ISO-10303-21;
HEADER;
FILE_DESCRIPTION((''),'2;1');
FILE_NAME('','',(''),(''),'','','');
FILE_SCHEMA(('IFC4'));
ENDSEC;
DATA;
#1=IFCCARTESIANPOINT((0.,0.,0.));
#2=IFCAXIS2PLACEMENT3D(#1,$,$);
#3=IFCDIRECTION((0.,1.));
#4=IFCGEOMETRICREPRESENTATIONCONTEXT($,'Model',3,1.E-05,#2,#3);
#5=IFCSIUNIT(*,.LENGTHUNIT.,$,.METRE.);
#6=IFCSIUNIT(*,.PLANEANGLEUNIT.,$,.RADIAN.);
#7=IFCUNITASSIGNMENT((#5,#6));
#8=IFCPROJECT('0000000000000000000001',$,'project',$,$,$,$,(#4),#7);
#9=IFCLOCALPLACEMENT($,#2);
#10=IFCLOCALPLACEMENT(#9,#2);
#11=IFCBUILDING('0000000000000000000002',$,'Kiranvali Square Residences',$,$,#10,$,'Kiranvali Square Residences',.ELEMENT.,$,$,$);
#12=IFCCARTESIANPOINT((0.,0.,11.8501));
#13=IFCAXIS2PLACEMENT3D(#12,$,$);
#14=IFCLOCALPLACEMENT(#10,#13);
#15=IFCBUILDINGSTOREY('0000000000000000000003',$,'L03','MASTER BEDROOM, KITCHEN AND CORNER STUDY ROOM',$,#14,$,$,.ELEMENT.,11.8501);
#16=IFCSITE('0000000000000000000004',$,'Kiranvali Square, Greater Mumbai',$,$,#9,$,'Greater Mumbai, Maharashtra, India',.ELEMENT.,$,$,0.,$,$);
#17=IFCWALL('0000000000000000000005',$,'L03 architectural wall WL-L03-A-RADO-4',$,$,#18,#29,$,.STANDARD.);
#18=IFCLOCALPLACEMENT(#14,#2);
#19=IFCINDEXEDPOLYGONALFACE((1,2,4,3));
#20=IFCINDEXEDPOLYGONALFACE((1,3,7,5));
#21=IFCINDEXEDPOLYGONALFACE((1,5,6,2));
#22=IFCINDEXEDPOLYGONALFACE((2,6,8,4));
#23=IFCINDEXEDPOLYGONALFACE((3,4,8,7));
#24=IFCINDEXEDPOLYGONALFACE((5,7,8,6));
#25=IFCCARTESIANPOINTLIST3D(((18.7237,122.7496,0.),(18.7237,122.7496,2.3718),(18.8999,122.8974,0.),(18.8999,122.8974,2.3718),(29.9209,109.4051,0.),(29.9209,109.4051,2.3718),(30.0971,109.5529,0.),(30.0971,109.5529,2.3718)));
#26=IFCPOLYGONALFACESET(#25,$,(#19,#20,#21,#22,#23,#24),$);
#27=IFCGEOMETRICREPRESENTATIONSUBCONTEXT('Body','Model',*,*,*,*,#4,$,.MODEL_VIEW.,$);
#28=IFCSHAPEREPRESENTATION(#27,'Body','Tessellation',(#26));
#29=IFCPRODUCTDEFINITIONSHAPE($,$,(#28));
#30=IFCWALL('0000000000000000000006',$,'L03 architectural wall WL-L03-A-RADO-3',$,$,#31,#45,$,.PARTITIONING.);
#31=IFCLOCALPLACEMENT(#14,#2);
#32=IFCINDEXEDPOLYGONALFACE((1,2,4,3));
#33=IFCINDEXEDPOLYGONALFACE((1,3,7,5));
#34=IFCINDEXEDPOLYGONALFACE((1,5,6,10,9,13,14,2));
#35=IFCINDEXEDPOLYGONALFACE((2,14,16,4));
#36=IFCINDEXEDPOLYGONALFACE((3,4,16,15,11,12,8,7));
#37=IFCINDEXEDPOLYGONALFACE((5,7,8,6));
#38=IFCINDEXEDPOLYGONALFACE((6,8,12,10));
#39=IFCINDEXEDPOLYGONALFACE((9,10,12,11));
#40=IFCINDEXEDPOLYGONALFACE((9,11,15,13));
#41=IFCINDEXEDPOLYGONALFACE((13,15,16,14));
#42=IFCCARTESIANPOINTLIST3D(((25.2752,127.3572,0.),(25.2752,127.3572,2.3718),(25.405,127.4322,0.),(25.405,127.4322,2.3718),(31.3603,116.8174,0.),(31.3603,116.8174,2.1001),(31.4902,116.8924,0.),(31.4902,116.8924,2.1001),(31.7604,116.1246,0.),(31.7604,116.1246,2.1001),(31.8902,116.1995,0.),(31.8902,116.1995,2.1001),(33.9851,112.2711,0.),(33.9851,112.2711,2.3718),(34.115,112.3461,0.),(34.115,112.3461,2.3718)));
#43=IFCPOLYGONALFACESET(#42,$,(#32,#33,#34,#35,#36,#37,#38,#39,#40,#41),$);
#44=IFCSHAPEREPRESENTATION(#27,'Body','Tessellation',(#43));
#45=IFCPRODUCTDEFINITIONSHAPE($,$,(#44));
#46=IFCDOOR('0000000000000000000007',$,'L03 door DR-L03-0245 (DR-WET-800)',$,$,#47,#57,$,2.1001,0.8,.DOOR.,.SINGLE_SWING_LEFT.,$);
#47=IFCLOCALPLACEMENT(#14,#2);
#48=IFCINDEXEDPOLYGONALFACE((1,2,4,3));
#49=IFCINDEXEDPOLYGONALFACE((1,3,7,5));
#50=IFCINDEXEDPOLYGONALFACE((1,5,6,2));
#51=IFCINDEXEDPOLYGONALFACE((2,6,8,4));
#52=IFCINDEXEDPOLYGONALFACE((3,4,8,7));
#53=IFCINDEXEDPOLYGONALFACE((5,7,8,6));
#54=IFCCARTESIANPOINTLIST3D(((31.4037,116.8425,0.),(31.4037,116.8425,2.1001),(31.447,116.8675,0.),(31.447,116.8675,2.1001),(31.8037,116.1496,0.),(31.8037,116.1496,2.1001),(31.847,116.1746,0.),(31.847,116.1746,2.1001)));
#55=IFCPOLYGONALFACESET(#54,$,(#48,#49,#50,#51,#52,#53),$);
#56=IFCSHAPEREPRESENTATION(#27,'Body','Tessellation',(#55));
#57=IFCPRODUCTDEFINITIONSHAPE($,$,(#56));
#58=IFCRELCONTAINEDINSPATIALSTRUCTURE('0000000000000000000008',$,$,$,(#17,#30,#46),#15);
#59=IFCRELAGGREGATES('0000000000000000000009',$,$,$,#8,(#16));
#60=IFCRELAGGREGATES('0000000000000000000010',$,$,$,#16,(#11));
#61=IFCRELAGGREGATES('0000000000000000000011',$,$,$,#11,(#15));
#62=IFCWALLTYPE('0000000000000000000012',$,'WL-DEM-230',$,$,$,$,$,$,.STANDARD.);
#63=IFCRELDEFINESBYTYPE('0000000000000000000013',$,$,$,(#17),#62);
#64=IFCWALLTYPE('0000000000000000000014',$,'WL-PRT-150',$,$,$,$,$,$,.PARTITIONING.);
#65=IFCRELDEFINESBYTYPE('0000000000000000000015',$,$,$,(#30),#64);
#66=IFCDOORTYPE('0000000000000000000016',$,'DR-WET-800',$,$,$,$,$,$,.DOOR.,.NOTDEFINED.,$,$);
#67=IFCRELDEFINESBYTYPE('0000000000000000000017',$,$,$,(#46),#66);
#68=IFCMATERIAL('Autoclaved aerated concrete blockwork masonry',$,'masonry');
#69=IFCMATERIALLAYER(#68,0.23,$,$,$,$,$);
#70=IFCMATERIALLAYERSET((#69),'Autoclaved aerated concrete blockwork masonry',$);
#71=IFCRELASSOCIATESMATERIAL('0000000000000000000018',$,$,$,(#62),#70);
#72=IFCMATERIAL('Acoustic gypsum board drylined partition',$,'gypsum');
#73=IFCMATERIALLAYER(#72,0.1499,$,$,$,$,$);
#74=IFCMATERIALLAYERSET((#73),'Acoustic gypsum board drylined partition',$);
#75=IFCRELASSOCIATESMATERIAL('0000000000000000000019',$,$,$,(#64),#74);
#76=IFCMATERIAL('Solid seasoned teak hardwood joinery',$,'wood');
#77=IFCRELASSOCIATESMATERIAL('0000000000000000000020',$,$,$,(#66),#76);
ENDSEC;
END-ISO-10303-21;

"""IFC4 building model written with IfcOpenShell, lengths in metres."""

from ifc_helpers import new_model, si_unit, direction, frame, frame_2d, origin, place, context, subcontext, project, spatial, rectangle, extrude, material, layer, layer_set, type_object, element, fill, save


model = new_model("IFC4")

# Units and contexts
model_context = context("Model", 3, precision=1e-05, world=origin(), true_north=direction((0.0, 1.0)))
body_context = subcontext(model_context, "Body", "Model", "MODEL_VIEW")
ifc_project = project(units=[si_unit("LENGTHUNIT", "METRE"), si_unit("PLANEANGLEUNIT", "RADIAN")], contexts=[model_context])

# Site, building, storey
site_placement = place(None, origin())
site = spatial("IfcSite", under=ifc_project, at=site_placement, Name="Kiranvali Square, Greater Mumbai", LongName="Greater Mumbai, Maharashtra, India", CompositionType="ELEMENT", RefElevation=0.0)
building_placement = place(site_placement, origin())
building = spatial("IfcBuilding", under=site, at=building_placement, Name="Kiranvali Square Residences", LongName="Kiranvali Square Residences", CompositionType="ELEMENT")
storey_placement = place(building_placement, frame((0.0, 0.0, 11.8501)))
storey = spatial("IfcBuildingStorey", under=building, at=storey_placement, Name="L03", Description="MASTER BEDROOM, KITCHEN AND CORNER STUDY ROOM", CompositionType="ELEMENT", Elevation=11.8501)

# Shared definitions
ifc_material_1 = material(Name="Autoclaved aerated concrete blockwork masonry", Category="masonry")

# Wall
ifc_layer_1 = layer(ifc_material_1, 0.23)
ifc_layer_set_1 = layer_set([ifc_layer_1], Name="Autoclaved aerated concrete blockwork masonry")
wall_type_1 = type_object("IfcWallType", Name="WL-DEM-230", PredefinedType="STANDARD", material=ifc_layer_set_1)
wall_1_placement = place(storey_placement, frame((30.009, 109.479, 0.0), z_axis=(0.0, 0.0, 1.0), x_axis=(-0.642785, 0.766047, 0.0)))
element("IfcWall", 1, at=wall_1_placement, inside=storey, type_object=wall_type_1, Name="L03 architectural wall WL-L03-A-RADO-4", PredefinedType="STANDARD", context=body_context, shape_type="SweptSolid", body=[
    extrude(rectangle(XDim=17.4199, YDim=0.23, at=frame_2d((8.71, 0.0))), origin(), (0.0, 0.0, 1.0), 2.3718),
])

# Wall, opening, door
ifc_material_2 = material(Name="Acoustic gypsum board drylined partition", Category="gypsum")
ifc_layer_2 = layer(ifc_material_2, 0.1499)
ifc_layer_set_2 = layer_set([ifc_layer_2], Name="Acoustic gypsum board drylined partition")
wall_type_2 = type_object("IfcWallType", Name="WL-PRT-150", PredefinedType="PARTITIONING", material=ifc_layer_set_2)
wall_2_placement = place(storey_placement, frame((34.05, 112.3086, 0.0), z_axis=(0.0, 0.0, 1.0), x_axis=(-0.499998, 0.866027, 0.0)))
wall_2 = element("IfcWall", 2, at=wall_2_placement, inside=storey, type_object=wall_type_2, Name="L03 architectural wall WL-L03-A-RADO-3", PredefinedType="PARTITIONING", context=body_context, shape_type="SweptSolid", body=[
    extrude(rectangle(XDim=17.4199, YDim=0.1499, at=frame_2d((8.71, 0.0))), origin(), (0.0, 0.0, 1.0), 2.3718),
])
opening_1_placement = place(wall_2_placement, frame((4.4497, 0.0, 0.0)))
opening_1 = element("IfcOpeningElement", 3, at=opening_1_placement, cuts=wall_2, PredefinedType="OPENING", context=body_context, shape_type="SweptSolid", body=[
    extrude(rectangle(XDim=0.8, YDim=2.1001, at=frame_2d((0.3999, 1.05))), frame((0.0, 0.085, 0.0), z_axis=(0.0, -1.0, 0.0), x_axis=(1.0, 0.0, 0.0)), (0.0, 0.0, 1.0), 0.1699),
])
ifc_material_3 = material(Name="Solid seasoned teak hardwood joinery", Category="wood")
door_type_1 = type_object("IfcDoorType", Name="DR-WET-800", OperationType="NOTDEFINED", PredefinedType="DOOR", material=ifc_material_3)
door_1_placement = place(opening_1_placement, origin())
door_1 = element("IfcDoor", 4, at=door_1_placement, inside=storey, type_object=door_type_1, Name="L03 door DR-L03-0245 (DR-WET-800)", OperationType="SINGLE_SWING_LEFT", OverallHeight=2.1001, OverallWidth=0.8, PredefinedType="DOOR", context=body_context, shape_type="SweptSolid", body=[
    extrude(rectangle(XDim=0.8, YDim=2.1001, at=frame_2d((0.3999, 1.05))), frame((0.0, 0.0249, 0.0), z_axis=(0.0, -1.0, 0.0), x_axis=(1.0, 0.0, 0.0)), (0.0, 0.0, 1.0), 0.05),
])
fill(opening_1, door_1)

save(model, "model.ifc")
